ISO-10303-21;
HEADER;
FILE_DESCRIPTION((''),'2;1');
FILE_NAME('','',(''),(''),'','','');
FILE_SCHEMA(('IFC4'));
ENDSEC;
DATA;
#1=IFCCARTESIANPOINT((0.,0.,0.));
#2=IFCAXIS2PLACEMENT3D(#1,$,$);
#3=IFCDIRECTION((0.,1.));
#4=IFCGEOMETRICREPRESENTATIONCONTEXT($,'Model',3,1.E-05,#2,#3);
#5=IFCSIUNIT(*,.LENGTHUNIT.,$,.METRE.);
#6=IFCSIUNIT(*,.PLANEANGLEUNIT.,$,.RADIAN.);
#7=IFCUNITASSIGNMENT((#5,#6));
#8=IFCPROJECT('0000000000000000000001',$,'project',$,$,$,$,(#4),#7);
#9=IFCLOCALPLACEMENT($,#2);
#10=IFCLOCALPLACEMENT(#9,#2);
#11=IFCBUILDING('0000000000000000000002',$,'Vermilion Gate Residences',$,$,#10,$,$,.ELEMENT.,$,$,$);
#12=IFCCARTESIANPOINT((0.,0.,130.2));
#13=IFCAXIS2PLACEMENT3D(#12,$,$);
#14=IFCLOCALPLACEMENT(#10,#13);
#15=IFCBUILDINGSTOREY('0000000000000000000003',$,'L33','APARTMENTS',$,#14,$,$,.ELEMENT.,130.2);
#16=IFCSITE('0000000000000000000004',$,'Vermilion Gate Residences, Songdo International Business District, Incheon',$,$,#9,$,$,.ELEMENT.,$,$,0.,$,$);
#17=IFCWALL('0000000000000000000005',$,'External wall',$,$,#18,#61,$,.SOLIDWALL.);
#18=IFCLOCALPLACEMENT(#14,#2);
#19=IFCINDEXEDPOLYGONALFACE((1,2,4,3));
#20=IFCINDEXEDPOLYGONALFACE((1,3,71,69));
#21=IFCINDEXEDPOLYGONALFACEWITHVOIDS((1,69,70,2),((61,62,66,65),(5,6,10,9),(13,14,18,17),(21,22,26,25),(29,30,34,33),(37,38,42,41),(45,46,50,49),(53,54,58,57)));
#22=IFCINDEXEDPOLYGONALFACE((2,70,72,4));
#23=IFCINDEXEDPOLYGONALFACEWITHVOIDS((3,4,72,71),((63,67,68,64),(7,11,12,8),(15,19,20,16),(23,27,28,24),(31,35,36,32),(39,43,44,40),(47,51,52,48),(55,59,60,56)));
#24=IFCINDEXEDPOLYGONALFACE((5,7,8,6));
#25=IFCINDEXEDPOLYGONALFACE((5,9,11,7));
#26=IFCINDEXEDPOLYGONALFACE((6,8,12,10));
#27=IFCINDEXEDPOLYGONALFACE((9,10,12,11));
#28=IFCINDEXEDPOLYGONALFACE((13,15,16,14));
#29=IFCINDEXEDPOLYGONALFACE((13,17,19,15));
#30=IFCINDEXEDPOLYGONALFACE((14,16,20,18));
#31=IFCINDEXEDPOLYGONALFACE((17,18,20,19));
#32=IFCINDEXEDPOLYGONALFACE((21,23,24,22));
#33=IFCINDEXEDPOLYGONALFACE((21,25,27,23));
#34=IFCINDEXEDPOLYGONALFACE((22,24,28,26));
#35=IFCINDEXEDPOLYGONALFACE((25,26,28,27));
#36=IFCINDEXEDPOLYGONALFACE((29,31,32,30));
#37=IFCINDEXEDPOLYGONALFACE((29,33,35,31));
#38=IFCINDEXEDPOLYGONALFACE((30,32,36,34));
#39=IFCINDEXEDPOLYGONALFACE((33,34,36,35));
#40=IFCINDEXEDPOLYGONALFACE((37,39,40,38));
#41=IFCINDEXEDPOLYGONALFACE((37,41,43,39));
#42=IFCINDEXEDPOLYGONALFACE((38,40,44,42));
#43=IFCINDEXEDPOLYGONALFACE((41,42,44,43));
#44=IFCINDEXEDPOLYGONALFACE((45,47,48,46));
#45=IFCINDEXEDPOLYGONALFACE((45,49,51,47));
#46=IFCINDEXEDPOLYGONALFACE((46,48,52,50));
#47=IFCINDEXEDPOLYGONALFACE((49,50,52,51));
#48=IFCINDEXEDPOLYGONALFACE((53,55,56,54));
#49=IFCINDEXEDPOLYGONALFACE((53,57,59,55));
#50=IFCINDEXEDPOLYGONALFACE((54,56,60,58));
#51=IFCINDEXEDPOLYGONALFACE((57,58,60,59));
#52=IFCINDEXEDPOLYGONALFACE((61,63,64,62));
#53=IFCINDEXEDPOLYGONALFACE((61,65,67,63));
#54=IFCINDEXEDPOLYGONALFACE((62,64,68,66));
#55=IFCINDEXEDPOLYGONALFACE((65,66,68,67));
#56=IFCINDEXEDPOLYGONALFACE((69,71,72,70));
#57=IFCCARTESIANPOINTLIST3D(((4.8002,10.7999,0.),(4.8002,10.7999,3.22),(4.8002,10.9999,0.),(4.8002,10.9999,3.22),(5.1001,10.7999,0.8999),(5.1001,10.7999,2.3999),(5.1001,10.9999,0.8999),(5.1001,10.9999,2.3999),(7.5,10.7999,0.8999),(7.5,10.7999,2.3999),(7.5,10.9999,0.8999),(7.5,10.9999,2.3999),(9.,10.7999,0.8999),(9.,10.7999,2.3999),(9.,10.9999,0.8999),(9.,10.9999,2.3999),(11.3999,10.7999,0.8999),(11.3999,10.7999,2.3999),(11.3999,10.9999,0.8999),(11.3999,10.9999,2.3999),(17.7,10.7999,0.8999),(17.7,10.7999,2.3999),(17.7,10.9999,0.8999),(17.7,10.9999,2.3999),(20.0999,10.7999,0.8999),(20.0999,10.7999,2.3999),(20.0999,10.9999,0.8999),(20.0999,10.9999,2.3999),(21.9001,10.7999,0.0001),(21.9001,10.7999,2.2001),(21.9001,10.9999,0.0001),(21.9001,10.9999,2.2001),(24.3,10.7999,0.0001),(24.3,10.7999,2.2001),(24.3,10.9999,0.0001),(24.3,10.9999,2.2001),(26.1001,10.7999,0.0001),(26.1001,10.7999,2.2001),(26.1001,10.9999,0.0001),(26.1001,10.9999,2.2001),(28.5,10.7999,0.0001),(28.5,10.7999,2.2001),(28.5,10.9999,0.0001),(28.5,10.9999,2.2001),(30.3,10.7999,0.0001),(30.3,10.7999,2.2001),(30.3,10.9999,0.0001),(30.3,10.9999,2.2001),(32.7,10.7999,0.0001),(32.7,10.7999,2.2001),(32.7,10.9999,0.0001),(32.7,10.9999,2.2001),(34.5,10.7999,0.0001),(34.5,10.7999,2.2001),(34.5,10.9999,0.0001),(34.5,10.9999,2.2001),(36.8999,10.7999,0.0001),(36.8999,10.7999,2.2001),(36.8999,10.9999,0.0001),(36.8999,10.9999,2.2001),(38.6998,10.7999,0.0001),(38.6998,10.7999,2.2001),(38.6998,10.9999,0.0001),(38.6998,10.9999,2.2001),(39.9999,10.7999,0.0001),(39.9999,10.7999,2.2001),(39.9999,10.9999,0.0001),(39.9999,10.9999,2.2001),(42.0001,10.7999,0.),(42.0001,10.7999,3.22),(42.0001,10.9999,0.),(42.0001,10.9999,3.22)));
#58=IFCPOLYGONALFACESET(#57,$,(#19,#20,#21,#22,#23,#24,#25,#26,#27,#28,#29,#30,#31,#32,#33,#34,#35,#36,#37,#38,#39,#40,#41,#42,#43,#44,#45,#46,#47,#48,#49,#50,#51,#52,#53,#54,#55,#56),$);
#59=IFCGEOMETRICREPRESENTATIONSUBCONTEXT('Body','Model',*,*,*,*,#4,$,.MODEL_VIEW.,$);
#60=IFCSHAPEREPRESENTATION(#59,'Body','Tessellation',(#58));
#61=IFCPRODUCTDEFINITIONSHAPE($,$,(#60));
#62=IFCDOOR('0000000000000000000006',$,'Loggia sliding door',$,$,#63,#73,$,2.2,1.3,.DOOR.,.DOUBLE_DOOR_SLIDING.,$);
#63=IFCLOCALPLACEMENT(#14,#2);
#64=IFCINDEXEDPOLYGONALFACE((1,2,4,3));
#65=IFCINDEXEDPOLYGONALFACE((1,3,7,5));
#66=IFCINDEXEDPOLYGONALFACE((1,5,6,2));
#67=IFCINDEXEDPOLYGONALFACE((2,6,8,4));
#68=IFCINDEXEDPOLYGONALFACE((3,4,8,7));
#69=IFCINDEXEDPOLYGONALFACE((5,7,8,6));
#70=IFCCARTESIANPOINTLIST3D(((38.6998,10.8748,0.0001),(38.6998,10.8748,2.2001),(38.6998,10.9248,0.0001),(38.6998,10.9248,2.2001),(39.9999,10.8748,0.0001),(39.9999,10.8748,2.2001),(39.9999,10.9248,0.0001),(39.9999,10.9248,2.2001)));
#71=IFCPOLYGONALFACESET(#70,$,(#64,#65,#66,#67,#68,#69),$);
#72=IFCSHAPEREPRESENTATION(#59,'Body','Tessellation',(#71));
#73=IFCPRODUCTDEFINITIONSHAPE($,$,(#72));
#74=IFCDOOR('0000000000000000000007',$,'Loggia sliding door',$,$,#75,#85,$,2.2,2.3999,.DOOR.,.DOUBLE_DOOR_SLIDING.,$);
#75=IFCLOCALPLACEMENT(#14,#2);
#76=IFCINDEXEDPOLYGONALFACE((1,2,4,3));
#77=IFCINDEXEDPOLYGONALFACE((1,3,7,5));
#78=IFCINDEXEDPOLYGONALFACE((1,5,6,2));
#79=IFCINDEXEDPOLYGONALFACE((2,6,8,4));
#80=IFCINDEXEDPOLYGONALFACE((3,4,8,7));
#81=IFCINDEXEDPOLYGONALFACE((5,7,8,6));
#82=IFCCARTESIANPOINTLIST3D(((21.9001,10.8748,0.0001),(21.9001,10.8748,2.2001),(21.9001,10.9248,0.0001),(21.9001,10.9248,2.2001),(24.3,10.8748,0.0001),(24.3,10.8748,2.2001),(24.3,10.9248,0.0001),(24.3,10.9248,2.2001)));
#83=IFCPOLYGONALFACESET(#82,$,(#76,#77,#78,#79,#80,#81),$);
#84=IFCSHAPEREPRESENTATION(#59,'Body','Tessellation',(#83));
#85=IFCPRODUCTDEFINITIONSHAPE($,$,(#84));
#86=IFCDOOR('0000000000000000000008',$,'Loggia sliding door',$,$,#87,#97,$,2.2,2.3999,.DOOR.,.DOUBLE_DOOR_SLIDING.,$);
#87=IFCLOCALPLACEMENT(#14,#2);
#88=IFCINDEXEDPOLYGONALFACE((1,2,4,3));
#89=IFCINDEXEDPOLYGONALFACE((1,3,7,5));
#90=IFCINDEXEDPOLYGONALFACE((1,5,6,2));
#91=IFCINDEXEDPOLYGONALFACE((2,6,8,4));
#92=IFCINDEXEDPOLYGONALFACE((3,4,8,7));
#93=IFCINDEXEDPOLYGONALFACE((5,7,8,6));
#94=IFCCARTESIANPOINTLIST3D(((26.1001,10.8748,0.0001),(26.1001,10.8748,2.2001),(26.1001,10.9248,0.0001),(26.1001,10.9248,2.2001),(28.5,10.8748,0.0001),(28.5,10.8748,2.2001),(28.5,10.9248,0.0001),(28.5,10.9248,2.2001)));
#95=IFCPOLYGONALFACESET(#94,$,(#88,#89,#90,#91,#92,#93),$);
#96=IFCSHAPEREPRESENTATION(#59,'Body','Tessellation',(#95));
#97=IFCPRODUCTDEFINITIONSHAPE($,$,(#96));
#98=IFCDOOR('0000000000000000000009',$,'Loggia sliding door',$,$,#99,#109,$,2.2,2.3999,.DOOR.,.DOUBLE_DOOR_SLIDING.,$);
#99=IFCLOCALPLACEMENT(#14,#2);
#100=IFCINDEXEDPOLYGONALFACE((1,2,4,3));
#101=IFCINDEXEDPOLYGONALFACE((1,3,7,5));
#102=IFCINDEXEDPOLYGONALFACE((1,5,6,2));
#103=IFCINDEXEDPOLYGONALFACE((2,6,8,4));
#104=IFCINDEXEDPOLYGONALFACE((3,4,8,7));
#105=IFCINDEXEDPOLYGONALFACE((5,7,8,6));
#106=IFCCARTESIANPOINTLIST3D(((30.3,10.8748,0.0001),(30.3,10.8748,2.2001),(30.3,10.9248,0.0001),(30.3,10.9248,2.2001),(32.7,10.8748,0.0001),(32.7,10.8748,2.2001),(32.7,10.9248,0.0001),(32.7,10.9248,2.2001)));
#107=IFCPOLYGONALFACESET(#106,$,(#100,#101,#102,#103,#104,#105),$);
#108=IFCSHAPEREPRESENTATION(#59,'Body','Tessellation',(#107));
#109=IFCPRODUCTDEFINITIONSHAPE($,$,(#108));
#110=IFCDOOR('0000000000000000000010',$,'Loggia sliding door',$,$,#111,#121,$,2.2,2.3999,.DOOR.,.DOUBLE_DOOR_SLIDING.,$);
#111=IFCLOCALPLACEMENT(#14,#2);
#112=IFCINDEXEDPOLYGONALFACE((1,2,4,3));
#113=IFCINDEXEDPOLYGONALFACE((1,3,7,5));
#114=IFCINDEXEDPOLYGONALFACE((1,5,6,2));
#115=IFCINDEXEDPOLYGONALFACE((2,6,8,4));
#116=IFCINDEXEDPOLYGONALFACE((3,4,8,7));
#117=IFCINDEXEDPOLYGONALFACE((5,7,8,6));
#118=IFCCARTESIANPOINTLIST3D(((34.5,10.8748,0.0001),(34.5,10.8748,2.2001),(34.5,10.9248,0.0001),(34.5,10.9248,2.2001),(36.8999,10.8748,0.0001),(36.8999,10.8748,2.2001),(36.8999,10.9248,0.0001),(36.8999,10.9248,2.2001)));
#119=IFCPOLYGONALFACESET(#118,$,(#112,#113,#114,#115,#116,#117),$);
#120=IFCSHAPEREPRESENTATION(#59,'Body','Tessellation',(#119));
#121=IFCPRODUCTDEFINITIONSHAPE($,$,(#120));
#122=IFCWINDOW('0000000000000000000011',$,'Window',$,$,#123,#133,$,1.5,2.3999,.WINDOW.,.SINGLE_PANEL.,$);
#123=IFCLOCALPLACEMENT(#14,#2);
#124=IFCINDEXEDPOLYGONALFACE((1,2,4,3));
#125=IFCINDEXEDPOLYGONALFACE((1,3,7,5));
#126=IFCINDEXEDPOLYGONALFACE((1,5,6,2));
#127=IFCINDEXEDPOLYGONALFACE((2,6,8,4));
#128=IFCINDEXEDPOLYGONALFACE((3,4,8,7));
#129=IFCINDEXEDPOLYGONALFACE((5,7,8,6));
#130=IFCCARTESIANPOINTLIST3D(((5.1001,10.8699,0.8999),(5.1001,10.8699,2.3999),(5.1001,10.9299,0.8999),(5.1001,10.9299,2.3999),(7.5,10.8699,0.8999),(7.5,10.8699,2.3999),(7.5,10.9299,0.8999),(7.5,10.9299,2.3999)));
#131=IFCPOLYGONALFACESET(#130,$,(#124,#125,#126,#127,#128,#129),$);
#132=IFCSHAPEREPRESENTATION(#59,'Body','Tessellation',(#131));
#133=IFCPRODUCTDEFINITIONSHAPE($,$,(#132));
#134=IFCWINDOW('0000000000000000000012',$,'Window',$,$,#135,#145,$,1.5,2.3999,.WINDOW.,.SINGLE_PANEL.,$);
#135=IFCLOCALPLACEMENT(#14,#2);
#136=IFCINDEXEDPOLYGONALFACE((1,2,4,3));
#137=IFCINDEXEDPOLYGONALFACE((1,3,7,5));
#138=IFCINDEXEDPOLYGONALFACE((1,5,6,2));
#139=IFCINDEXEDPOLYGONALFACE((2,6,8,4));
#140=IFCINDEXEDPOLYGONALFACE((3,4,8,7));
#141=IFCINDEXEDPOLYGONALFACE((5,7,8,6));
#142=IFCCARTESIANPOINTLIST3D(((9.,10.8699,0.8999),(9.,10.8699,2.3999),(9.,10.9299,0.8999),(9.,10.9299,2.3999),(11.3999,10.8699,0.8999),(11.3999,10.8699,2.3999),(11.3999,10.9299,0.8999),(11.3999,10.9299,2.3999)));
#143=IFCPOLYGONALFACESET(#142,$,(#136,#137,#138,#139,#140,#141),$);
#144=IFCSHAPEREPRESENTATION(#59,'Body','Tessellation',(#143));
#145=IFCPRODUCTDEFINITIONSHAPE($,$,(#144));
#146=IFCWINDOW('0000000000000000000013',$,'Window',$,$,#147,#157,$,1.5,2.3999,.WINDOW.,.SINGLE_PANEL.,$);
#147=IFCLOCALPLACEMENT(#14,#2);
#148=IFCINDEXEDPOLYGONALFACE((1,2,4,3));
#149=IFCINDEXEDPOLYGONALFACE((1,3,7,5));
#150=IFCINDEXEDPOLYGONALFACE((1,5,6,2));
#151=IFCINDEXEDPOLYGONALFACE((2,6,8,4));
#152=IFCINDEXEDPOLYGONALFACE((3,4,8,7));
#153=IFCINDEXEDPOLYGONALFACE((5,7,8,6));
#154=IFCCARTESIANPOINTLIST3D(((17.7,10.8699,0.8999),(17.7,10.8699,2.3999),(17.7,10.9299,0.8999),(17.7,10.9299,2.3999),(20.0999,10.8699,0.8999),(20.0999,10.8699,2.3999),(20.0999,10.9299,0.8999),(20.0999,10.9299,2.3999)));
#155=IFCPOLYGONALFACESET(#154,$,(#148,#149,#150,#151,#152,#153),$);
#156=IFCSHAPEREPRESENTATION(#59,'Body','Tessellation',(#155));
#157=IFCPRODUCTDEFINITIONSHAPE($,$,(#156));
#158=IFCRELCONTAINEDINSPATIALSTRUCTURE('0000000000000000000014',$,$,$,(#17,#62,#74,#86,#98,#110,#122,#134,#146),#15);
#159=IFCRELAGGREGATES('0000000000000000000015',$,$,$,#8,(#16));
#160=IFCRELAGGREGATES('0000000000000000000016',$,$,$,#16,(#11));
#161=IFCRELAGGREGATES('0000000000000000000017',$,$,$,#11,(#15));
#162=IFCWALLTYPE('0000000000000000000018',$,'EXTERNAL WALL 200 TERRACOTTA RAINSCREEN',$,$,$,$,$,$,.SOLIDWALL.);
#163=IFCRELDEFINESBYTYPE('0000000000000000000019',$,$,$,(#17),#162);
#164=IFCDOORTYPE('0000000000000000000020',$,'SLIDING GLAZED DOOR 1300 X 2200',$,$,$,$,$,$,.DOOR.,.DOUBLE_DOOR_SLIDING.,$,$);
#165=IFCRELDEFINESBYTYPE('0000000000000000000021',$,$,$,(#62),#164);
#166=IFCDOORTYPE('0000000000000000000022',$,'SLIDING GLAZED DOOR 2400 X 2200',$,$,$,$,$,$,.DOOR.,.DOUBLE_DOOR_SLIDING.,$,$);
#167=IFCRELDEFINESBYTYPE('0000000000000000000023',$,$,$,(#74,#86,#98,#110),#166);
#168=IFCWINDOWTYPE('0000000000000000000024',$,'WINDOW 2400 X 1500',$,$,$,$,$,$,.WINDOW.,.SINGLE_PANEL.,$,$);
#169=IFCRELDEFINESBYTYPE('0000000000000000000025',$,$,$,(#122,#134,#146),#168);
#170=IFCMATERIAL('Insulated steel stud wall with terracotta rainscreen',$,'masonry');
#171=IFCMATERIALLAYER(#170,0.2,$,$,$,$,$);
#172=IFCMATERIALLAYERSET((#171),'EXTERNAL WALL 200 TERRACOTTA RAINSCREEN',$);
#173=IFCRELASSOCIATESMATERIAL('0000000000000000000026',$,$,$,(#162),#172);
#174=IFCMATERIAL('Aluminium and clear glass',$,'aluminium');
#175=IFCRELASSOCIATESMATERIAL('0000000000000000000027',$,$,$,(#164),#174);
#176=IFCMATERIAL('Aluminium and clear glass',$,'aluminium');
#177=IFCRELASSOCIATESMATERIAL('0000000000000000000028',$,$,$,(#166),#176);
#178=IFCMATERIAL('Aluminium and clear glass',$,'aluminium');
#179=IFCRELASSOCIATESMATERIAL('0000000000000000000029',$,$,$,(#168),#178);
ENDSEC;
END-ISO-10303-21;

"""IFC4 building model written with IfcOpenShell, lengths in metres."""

from ifc_helpers import new_model, si_unit, direction, frame, frame_2d, origin, place, context, subcontext, project, spatial, rectangle, extrude, material, layer, layer_set, type_object, element, fill, save


model = new_model("IFC4")

# Units and contexts
model_context = context("Model", 3, precision=1e-05, world=origin(), true_north=direction((0.0, 1.0)))
body_context = subcontext(model_context, "Body", "Model", "MODEL_VIEW")
ifc_project = project(units=[si_unit("LENGTHUNIT", "METRE"), si_unit("PLANEANGLEUNIT", "RADIAN")], contexts=[model_context])

# Site, building, storey
site_placement = place(None, origin())
site = spatial("IfcSite", under=ifc_project, at=site_placement, Name="Vermilion Gate Residences, Songdo International Business District, Incheon", CompositionType="ELEMENT", RefElevation=0.0)
building_placement = place(site_placement, origin())
building = spatial("IfcBuilding", under=site, at=building_placement, Name="Vermilion Gate Residences", CompositionType="ELEMENT")
storey_placement = place(building_placement, frame((0.0, 0.0, 130.2)))
storey = spatial("IfcBuildingStorey", under=building, at=storey_placement, Name="L33", Description="APARTMENTS", CompositionType="ELEMENT", Elevation=130.2)

# Shared definitions
ifc_material_1 = material(Name="Insulated steel stud wall with terracotta rainscreen", Category="masonry")
ifc_layer_1 = layer(ifc_material_1, 0.2)
ifc_layer_set_1 = layer_set([ifc_layer_1], Name="EXTERNAL WALL 200 TERRACOTTA RAINSCREEN")
wall_type_1 = type_object("IfcWallType", Name="EXTERNAL WALL 200 TERRACOTTA RAINSCREEN", PredefinedType="SOLIDWALL", material=ifc_layer_set_1)

# Wall, openings, doors, windows
wall_1_placement = place(storey_placement, frame((4.8, 10.8999, 0.0), z_axis=(0.0, 0.0, 1.0), x_axis=(1.0, 0.0, 0.0)))
wall_1 = element("IfcWall", 1, at=wall_1_placement, inside=storey, type_object=wall_type_1, Name="External wall", PredefinedType="SOLIDWALL", context=body_context, shape_type="SweptSolid", body=[
    extrude(rectangle(XDim=37.2, YDim=0.2, at=frame_2d((18.6001, 0.0))), origin(), (0.0, 0.0, 1.0), 3.22),
])
opening_1_placement = place(wall_1_placement, frame((0.3, 0.0, 0.8999)))
opening_1 = element("IfcOpeningElement", 2, at=opening_1_placement, cuts=wall_1, PredefinedType="OPENING", context=body_context, shape_type="SweptSolid", body=[
    extrude(rectangle(XDim=2.3999, YDim=1.5, at=frame_2d((1.2, 0.75))), frame((0.0, 0.1099, 0.0), z_axis=(0.0, -1.0, 0.0), x_axis=(1.0, 0.0, 0.0)), (0.0, 0.0, 1.0), 0.22),
])
opening_2_placement = place(wall_1_placement, frame((4.2, 0.0, 0.8999)))
opening_2 = element("IfcOpeningElement", 3, at=opening_2_placement, cuts=wall_1, PredefinedType="OPENING", context=body_context, shape_type="SweptSolid", body=[
    extrude(rectangle(XDim=2.3999, YDim=1.5, at=frame_2d((1.2, 0.75))), frame((0.0, 0.1099, 0.0), z_axis=(0.0, -1.0, 0.0), x_axis=(1.0, 0.0, 0.0)), (0.0, 0.0, 1.0), 0.22),
])
opening_3_placement = place(wall_1_placement, frame((12.8999, 0.0, 0.8999)))
opening_3 = element("IfcOpeningElement", 4, at=opening_3_placement, cuts=wall_1, PredefinedType="OPENING", context=body_context, shape_type="SweptSolid", body=[
    extrude(rectangle(XDim=2.3999, YDim=1.5, at=frame_2d((1.2, 0.75))), frame((0.0, 0.1099, 0.0), z_axis=(0.0, -1.0, 0.0), x_axis=(1.0, 0.0, 0.0)), (0.0, 0.0, 1.0), 0.22),
])
opening_4_placement = place(wall_1_placement, frame((17.1001, 0.0, 0.0)))
opening_4 = element("IfcOpeningElement", 5, at=opening_4_placement, cuts=wall_1, PredefinedType="OPENING", context=body_context, shape_type="SweptSolid", body=[
    extrude(rectangle(XDim=2.3999, YDim=2.2, at=frame_2d((1.2, 1.1001))), frame((0.0, 0.1099, 0.0), z_axis=(0.0, -1.0, 0.0), x_axis=(1.0, 0.0, 0.0)), (0.0, 0.0, 1.0), 0.22),
])
opening_5_placement = place(wall_1_placement, frame((21.3, 0.0, 0.0)))
opening_5 = element("IfcOpeningElement", 6, at=opening_5_placement, cuts=wall_1, PredefinedType="OPENING", context=body_context, shape_type="SweptSolid", body=[
    extrude(rectangle(XDim=2.3999, YDim=2.2, at=frame_2d((1.2, 1.1001))), frame((0.0, 0.1099, 0.0), z_axis=(0.0, -1.0, 0.0), x_axis=(1.0, 0.0, 0.0)), (0.0, 0.0, 1.0), 0.22),
])
opening_6_placement = place(wall_1_placement, frame((25.5, 0.0, 0.0)))
opening_6 = element("IfcOpeningElement", 7, at=opening_6_placement, cuts=wall_1, PredefinedType="OPENING", context=body_context, shape_type="SweptSolid", body=[
    extrude(rectangle(XDim=2.3999, YDim=2.2, at=frame_2d((1.2, 1.1001))), frame((0.0, 0.1099, 0.0), z_axis=(0.0, -1.0, 0.0), x_axis=(1.0, 0.0, 0.0)), (0.0, 0.0, 1.0), 0.22),
])
opening_7_placement = place(wall_1_placement, frame((29.7, 0.0, 0.0)))
opening_7 = element("IfcOpeningElement", 8, at=opening_7_placement, cuts=wall_1, PredefinedType="OPENING", context=body_context, shape_type="SweptSolid", body=[
    extrude(rectangle(XDim=2.3999, YDim=2.2, at=frame_2d((1.2, 1.1001))), frame((0.0, 0.1099, 0.0), z_axis=(0.0, -1.0, 0.0), x_axis=(1.0, 0.0, 0.0)), (0.0, 0.0, 1.0), 0.22),
])
opening_8_placement = place(wall_1_placement, frame((33.8999, 0.0, 0.0)))
opening_8 = element("IfcOpeningElement", 9, at=opening_8_placement, cuts=wall_1, PredefinedType="OPENING", context=body_context, shape_type="SweptSolid", body=[
    extrude(rectangle(XDim=1.3, YDim=2.2, at=frame_2d((0.6499, 1.1001))), frame((0.0, 0.1099, 0.0), z_axis=(0.0, -1.0, 0.0), x_axis=(1.0, 0.0, 0.0)), (0.0, 0.0, 1.0), 0.22),
])
ifc_material_2 = material(Name="Aluminium and clear glass", Category="aluminium")
door_type_1 = type_object("IfcDoorType", Name="SLIDING GLAZED DOOR 1300 X 2200", OperationType="DOUBLE_DOOR_SLIDING", PredefinedType="DOOR", material=ifc_material_2)
door_1_placement = place(opening_8_placement, origin())
door_1 = element("IfcDoor", 10, at=door_1_placement, inside=storey, type_object=door_type_1, Name="Loggia sliding door", OperationType="DOUBLE_DOOR_SLIDING", OverallHeight=2.2, OverallWidth=1.3, PredefinedType="DOOR", context=body_context, shape_type="SweptSolid", body=[
    extrude(rectangle(XDim=1.3, YDim=2.2, at=frame_2d((0.6499, 1.1001))), frame((0.0, 0.0249, 0.0), z_axis=(0.0, -1.0, 0.0), x_axis=(1.0, 0.0, 0.0)), (0.0, 0.0, 1.0), 0.05),
])
fill(opening_8, door_1)
ifc_material_3 = material(Name="Aluminium and clear glass", Category="aluminium")
door_type_2 = type_object("IfcDoorType", Name="SLIDING GLAZED DOOR 2400 X 2200", OperationType="DOUBLE_DOOR_SLIDING", PredefinedType="DOOR", material=ifc_material_3)
door_2_placement = place(opening_4_placement, origin())
door_2 = element("IfcDoor", 11, at=door_2_placement, inside=storey, type_object=door_type_2, Name="Loggia sliding door", OperationType="DOUBLE_DOOR_SLIDING", OverallHeight=2.2, OverallWidth=2.3999, PredefinedType="DOOR", context=body_context, shape_type="SweptSolid", body=[
    extrude(rectangle(XDim=2.3999, YDim=2.2, at=frame_2d((1.2, 1.1001))), frame((0.0, 0.0249, 0.0), z_axis=(0.0, -1.0, 0.0), x_axis=(1.0, 0.0, 0.0)), (0.0, 0.0, 1.0), 0.05),
])
fill(opening_4, door_2)
door_3_placement = place(opening_5_placement, origin())
door_3 = element("IfcDoor", 12, at=door_3_placement, inside=storey, type_object=door_type_2, Name="Loggia sliding door", OperationType="DOUBLE_DOOR_SLIDING", OverallHeight=2.2, OverallWidth=2.3999, PredefinedType="DOOR", context=body_context, shape_type="SweptSolid", body=[
    extrude(rectangle(XDim=2.3999, YDim=2.2, at=frame_2d((1.2, 1.1001))), frame((0.0, 0.0249, 0.0), z_axis=(0.0, -1.0, 0.0), x_axis=(1.0, 0.0, 0.0)), (0.0, 0.0, 1.0), 0.05),
])
fill(opening_5, door_3)
door_4_placement = place(opening_6_placement, origin())
door_4 = element("IfcDoor", 13, at=door_4_placement, inside=storey, type_object=door_type_2, Name="Loggia sliding door", OperationType="DOUBLE_DOOR_SLIDING", OverallHeight=2.2, OverallWidth=2.3999, PredefinedType="DOOR", context=body_context, shape_type="SweptSolid", body=[
    extrude(rectangle(XDim=2.3999, YDim=2.2, at=frame_2d((1.2, 1.1001))), frame((0.0, 0.0249, 0.0), z_axis=(0.0, -1.0, 0.0), x_axis=(1.0, 0.0, 0.0)), (0.0, 0.0, 1.0), 0.05),
])
fill(opening_6, door_4)
door_5_placement = place(opening_7_placement, origin())
door_5 = element("IfcDoor", 14, at=door_5_placement, inside=storey, type_object=door_type_2, Name="Loggia sliding door", OperationType="DOUBLE_DOOR_SLIDING", OverallHeight=2.2, OverallWidth=2.3999, PredefinedType="DOOR", context=body_context, shape_type="SweptSolid", body=[
    extrude(rectangle(XDim=2.3999, YDim=2.2, at=frame_2d((1.2, 1.1001))), frame((0.0, 0.0249, 0.0), z_axis=(0.0, -1.0, 0.0), x_axis=(1.0, 0.0, 0.0)), (0.0, 0.0, 1.0), 0.05),
])
fill(opening_7, door_5)
ifc_material_4 = material(Name="Aluminium and clear glass", Category="aluminium")
window_type = type_object("IfcWindowType", Name="WINDOW 2400 X 1500", PartitioningType="SINGLE_PANEL", PredefinedType="WINDOW", material=ifc_material_4)
window_1_placement = place(opening_1_placement, origin())
window_1 = element("IfcWindow", 15, at=window_1_placement, inside=storey, type_object=window_type, Name="Window", OverallHeight=1.5, OverallWidth=2.3999, PartitioningType="SINGLE_PANEL", PredefinedType="WINDOW", context=body_context, shape_type="SweptSolid", body=[
    extrude(rectangle(XDim=2.3999, YDim=1.5, at=frame_2d((1.2, 0.75))), frame((0.0, 0.03, 0.0), z_axis=(0.0, -1.0, 0.0), x_axis=(1.0, 0.0, 0.0)), (0.0, 0.0, 1.0), 0.0601),
])
fill(opening_1, window_1)
window_2_placement = place(opening_2_placement, origin())
window_2 = element("IfcWindow", 16, at=window_2_placement, inside=storey, type_object=window_type, Name="Window", OverallHeight=1.5, OverallWidth=2.3999, PartitioningType="SINGLE_PANEL", PredefinedType="WINDOW", context=body_context, shape_type="SweptSolid", body=[
    extrude(rectangle(XDim=2.3999, YDim=1.5, at=frame_2d((1.2, 0.75))), frame((0.0, 0.03, 0.0), z_axis=(0.0, -1.0, 0.0), x_axis=(1.0, 0.0, 0.0)), (0.0, 0.0, 1.0), 0.0601),
])
fill(opening_2, window_2)
window_3_placement = place(opening_3_placement, origin())
window_3 = element("IfcWindow", 17, at=window_3_placement, inside=storey, type_object=window_type, Name="Window", OverallHeight=1.5, OverallWidth=2.3999, PartitioningType="SINGLE_PANEL", PredefinedType="WINDOW", context=body_context, shape_type="SweptSolid", body=[
    extrude(rectangle(XDim=2.3999, YDim=1.5, at=frame_2d((1.2, 0.75))), frame((0.0, 0.03, 0.0), z_axis=(0.0, -1.0, 0.0), x_axis=(1.0, 0.0, 0.0)), (0.0, 0.0, 1.0), 0.0601),
])
fill(opening_3, window_3)

save(model, "model.ifc")
